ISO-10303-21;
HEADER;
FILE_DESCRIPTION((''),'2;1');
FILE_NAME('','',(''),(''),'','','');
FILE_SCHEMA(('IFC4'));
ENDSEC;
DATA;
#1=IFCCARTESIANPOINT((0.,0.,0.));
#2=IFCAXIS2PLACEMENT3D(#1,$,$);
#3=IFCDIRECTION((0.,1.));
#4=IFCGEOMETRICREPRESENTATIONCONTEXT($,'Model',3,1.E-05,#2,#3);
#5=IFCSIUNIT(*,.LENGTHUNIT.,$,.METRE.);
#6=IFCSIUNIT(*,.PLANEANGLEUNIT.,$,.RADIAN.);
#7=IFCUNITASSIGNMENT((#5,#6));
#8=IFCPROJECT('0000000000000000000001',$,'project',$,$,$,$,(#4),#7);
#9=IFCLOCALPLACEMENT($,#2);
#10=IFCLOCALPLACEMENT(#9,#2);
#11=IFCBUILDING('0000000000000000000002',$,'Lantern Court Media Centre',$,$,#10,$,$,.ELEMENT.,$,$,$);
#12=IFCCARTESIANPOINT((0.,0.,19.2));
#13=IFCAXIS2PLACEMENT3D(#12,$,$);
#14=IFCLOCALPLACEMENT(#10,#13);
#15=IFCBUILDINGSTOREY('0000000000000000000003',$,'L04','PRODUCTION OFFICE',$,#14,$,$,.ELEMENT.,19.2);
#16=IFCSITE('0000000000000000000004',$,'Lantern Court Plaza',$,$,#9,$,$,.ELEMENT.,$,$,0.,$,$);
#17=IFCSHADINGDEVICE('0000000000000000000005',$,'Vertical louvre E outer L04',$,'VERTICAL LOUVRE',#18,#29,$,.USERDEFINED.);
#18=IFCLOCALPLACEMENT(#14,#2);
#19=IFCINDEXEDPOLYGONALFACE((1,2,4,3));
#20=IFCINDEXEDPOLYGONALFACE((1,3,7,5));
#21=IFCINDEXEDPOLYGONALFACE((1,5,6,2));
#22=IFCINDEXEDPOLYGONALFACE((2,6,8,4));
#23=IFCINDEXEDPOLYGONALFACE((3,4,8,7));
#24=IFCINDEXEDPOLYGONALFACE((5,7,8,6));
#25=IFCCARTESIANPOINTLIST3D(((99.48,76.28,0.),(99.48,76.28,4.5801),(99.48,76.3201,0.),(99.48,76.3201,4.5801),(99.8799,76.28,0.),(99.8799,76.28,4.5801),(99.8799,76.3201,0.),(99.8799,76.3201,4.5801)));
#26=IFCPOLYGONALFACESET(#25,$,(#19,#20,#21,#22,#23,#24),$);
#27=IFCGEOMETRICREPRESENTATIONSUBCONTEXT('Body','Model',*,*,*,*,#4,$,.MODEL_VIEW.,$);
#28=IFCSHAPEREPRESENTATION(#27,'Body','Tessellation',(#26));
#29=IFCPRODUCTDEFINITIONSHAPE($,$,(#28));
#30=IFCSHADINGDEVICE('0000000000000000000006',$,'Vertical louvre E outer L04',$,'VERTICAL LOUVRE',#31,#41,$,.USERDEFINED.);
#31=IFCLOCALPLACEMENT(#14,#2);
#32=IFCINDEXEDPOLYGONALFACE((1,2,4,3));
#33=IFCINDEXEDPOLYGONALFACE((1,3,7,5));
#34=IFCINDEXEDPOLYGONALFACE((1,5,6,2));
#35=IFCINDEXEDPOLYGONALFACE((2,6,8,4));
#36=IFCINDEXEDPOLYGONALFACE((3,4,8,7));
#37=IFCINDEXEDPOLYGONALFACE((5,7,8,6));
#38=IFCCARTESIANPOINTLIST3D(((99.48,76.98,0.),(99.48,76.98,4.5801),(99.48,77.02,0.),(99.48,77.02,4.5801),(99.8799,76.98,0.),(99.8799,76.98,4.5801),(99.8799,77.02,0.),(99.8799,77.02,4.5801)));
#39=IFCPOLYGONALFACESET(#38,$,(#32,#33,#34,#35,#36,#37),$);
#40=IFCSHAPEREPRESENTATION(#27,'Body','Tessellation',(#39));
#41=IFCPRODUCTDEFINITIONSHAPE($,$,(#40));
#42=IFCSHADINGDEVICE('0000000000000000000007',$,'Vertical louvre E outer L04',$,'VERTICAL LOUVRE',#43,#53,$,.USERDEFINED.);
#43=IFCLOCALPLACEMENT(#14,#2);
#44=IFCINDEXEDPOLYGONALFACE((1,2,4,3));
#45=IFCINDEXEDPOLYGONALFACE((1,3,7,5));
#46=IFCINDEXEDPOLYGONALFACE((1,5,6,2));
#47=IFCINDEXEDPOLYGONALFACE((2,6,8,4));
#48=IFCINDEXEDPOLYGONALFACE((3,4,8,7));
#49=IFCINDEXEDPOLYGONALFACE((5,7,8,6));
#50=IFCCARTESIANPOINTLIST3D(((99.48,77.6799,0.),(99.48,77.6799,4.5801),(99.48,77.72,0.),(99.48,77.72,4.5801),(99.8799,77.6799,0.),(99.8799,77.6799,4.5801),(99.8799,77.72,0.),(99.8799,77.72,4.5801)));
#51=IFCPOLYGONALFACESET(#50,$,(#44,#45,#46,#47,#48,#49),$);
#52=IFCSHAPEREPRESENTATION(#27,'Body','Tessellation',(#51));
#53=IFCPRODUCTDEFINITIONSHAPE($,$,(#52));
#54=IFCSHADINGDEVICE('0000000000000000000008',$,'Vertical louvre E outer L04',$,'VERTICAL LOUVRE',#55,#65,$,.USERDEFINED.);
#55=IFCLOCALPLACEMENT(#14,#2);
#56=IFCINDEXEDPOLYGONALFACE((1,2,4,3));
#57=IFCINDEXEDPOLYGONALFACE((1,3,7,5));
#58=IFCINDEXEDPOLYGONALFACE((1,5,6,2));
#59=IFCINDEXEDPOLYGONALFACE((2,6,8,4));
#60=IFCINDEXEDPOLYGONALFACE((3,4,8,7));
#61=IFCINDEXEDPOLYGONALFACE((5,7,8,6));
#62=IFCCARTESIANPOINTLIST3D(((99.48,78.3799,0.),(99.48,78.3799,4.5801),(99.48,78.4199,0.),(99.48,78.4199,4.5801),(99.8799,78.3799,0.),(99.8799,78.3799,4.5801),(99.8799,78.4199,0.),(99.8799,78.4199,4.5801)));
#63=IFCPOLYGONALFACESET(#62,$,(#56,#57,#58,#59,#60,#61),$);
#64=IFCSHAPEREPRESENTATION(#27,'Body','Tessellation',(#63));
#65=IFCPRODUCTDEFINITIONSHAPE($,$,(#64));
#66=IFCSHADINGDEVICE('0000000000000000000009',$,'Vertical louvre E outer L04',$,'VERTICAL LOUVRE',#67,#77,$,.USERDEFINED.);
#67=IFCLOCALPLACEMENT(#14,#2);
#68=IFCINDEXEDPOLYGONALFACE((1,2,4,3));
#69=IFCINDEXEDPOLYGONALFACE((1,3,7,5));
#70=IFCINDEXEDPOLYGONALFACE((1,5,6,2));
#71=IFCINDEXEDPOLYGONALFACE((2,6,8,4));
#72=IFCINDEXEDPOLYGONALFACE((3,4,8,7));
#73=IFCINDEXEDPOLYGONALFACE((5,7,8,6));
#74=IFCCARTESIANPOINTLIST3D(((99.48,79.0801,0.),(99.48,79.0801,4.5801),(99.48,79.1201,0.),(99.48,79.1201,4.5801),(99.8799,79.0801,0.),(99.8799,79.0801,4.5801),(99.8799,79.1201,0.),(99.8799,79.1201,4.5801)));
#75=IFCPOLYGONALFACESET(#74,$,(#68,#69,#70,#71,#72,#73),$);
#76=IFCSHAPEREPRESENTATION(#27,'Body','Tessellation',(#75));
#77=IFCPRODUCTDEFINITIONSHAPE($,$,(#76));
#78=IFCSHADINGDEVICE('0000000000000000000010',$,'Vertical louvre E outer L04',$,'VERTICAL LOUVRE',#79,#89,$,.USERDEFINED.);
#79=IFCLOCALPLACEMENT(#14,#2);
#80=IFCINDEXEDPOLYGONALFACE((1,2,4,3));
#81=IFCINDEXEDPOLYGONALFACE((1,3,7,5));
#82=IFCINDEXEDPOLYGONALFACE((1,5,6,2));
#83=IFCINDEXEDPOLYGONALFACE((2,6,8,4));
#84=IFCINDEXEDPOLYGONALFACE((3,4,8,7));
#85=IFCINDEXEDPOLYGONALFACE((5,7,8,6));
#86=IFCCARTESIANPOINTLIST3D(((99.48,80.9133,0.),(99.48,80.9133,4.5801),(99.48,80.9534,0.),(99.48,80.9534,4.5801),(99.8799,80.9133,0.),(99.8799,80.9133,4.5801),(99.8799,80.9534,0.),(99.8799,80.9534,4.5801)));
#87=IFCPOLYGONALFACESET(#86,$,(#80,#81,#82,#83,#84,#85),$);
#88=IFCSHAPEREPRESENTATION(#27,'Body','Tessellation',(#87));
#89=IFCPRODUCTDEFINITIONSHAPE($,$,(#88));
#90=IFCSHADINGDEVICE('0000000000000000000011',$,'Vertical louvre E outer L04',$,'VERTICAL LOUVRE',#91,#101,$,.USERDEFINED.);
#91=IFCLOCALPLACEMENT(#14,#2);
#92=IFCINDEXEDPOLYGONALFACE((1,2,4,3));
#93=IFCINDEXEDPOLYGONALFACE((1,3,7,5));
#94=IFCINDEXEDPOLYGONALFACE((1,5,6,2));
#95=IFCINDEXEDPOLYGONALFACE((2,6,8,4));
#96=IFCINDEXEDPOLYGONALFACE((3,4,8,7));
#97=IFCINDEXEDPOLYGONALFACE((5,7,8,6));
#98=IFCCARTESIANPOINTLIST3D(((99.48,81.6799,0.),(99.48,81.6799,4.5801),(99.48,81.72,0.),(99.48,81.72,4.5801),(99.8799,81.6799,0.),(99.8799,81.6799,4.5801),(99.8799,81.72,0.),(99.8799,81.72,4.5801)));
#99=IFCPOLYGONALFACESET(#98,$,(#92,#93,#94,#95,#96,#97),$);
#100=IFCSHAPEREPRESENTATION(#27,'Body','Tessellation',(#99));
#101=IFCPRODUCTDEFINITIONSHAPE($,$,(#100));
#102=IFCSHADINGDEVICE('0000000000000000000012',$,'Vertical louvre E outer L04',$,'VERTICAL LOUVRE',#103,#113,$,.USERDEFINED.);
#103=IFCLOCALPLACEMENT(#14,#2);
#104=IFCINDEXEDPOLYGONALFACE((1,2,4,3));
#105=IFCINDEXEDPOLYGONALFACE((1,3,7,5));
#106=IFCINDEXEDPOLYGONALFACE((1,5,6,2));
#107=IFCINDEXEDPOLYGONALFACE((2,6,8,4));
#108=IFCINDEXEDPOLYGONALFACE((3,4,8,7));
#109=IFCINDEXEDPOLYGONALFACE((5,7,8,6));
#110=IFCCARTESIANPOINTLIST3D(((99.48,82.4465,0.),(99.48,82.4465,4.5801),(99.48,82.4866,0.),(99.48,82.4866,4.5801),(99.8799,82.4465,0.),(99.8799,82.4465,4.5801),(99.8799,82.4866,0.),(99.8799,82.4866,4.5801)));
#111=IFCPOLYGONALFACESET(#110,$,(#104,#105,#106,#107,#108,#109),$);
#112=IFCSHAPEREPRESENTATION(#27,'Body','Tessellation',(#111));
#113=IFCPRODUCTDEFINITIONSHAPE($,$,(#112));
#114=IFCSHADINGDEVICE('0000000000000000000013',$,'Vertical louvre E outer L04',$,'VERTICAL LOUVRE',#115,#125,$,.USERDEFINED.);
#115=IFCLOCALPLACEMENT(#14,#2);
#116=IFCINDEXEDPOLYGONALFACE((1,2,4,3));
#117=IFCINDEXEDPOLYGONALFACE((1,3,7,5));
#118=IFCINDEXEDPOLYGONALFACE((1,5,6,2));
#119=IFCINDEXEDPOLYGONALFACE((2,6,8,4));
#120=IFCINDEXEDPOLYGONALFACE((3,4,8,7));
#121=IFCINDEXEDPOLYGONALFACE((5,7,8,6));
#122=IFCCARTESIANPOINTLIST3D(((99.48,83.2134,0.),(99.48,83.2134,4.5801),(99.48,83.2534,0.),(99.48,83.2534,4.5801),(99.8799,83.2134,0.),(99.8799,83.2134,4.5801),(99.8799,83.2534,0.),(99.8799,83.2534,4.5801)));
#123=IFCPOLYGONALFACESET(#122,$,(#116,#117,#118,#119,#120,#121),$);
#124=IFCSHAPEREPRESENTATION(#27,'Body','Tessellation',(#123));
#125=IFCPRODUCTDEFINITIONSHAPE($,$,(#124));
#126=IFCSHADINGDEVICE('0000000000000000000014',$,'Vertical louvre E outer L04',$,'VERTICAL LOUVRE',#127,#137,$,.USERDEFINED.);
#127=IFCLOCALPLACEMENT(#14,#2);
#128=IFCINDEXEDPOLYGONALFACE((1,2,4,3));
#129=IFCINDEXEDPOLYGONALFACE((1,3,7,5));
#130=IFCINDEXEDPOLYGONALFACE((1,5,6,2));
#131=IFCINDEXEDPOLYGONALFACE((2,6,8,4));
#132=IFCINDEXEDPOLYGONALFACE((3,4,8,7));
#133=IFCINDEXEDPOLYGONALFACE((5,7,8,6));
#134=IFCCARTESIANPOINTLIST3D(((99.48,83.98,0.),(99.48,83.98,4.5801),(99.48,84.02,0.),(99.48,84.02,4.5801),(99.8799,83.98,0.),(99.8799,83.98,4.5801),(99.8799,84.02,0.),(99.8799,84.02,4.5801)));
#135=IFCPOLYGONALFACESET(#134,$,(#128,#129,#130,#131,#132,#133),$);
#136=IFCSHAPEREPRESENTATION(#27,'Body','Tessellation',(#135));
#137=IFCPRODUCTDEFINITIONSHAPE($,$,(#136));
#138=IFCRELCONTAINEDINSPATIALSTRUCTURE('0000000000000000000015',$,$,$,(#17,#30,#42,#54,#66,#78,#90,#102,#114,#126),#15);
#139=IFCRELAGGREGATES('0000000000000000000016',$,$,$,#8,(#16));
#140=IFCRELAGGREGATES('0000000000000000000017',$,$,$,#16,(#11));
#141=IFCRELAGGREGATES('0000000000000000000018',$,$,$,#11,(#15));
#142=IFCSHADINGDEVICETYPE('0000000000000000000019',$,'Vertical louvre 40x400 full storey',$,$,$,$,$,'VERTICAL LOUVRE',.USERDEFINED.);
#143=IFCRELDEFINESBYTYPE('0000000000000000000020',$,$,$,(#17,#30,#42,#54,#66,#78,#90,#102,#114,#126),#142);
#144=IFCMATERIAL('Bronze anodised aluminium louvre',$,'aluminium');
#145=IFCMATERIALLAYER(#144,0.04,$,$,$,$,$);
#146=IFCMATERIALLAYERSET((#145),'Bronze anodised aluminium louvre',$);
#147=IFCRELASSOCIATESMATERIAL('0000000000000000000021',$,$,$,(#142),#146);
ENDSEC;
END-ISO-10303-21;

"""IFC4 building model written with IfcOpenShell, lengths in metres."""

from ifc_helpers import new_model, si_unit, direction, frame, origin, origin_2d, place, context, subcontext, project, spatial, rectangle, extrude, material, layer, layer_set, type_object, element, save


model = new_model("IFC4")

# Units and contexts
model_context = context("Model", 3, precision=1e-05, world=origin(), true_north=direction((0.0, 1.0)))
body_context = subcontext(model_context, "Body", "Model", "MODEL_VIEW")
ifc_project = project(units=[si_unit("LENGTHUNIT", "METRE"), si_unit("PLANEANGLEUNIT", "RADIAN")], contexts=[model_context])

# Site, building, storey
site_placement = place(None, origin())
site = spatial("IfcSite", under=ifc_project, at=site_placement, Name="Lantern Court Plaza", CompositionType="ELEMENT", RefElevation=0.0)
building_placement = place(site_placement, origin())
building = spatial("IfcBuilding", under=site, at=building_placement, Name="Lantern Court Media Centre", CompositionType="ELEMENT")
storey_placement = place(building_placement, frame((0.0, 0.0, 19.2)))
storey = spatial("IfcBuildingStorey", under=building, at=storey_placement, Name="L04", Description="PRODUCTION OFFICE", CompositionType="ELEMENT", Elevation=19.2)

# Shading devices
ifc_material_1 = material(Name="Bronze anodised aluminium louvre", Category="aluminium")
ifc_layer_1 = layer(ifc_material_1, 0.04)
ifc_layer_set_1 = layer_set([ifc_layer_1], Name="Bronze anodised aluminium louvre")
shading_device_type = type_object("IfcShadingDeviceType", Name="Vertical louvre 40x400 full storey", ElementType="VERTICAL LOUVRE", PredefinedType="USERDEFINED", material=ifc_layer_set_1)
for number, where, z_axis, x_axis, name in (
    (1, (99.6799, 76.3, 0.0), (0.0, 0.0, 1.0), (1.0, 0.0, 0.0), "Vertical louvre E outer L04"),
    (2, (99.6799, 77.0, 0.0), (0.0, 0.0, 1.0), (1.0, 0.0, 0.0), "Vertical louvre E outer L04"),
    (3, (99.6799, 77.7, 0.0), (0.0, 0.0, 1.0), (1.0, 0.0, 0.0), "Vertical louvre E outer L04"),
    (4, (99.6799, 78.3999, 0.0), (0.0, 0.0, 1.0), (1.0, 0.0, 0.0), "Vertical louvre E outer L04"),
    (5, (99.6799, 79.1001, 0.0), (0.0, 0.0, 1.0), (1.0, 0.0, 0.0), "Vertical louvre E outer L04"),
    (6, (99.6799, 80.9333, 0.0), (0.0, 0.0, 1.0), (1.0, 0.0, 0.0), "Vertical louvre E outer L04"),
    (7, (99.6799, 81.7, 0.0), (0.0, 0.0, 1.0), (1.0, 0.0, 0.0), "Vertical louvre E outer L04"),
    (8, (99.6799, 82.4666, 0.0), (0.0, 0.0, 1.0), (1.0, 0.0, 0.0), "Vertical louvre E outer L04"),
    (9, (99.6799, 83.2334, 0.0), (0.0, 0.0, 1.0), (1.0, 0.0, 0.0), "Vertical louvre E outer L04"),
    (10, (99.6799, 84.0, 0.0), (0.0, 0.0, 1.0), (1.0, 0.0, 0.0), "Vertical louvre E outer L04"),
):
    element("IfcShadingDevice", number, at=place(storey_placement, frame(where, z_axis=z_axis, x_axis=x_axis)), inside=storey, type_object=shading_device_type, Name=name, ObjectType="VERTICAL LOUVRE", PredefinedType="USERDEFINED", context=body_context, shape_type="SweptSolid", body=[
        extrude(rectangle(XDim=0.3999, YDim=0.04, at=origin_2d()), origin(), (0.0, 0.0, 1.0), 4.5801),
    ])

save(model, "model.ifc")
